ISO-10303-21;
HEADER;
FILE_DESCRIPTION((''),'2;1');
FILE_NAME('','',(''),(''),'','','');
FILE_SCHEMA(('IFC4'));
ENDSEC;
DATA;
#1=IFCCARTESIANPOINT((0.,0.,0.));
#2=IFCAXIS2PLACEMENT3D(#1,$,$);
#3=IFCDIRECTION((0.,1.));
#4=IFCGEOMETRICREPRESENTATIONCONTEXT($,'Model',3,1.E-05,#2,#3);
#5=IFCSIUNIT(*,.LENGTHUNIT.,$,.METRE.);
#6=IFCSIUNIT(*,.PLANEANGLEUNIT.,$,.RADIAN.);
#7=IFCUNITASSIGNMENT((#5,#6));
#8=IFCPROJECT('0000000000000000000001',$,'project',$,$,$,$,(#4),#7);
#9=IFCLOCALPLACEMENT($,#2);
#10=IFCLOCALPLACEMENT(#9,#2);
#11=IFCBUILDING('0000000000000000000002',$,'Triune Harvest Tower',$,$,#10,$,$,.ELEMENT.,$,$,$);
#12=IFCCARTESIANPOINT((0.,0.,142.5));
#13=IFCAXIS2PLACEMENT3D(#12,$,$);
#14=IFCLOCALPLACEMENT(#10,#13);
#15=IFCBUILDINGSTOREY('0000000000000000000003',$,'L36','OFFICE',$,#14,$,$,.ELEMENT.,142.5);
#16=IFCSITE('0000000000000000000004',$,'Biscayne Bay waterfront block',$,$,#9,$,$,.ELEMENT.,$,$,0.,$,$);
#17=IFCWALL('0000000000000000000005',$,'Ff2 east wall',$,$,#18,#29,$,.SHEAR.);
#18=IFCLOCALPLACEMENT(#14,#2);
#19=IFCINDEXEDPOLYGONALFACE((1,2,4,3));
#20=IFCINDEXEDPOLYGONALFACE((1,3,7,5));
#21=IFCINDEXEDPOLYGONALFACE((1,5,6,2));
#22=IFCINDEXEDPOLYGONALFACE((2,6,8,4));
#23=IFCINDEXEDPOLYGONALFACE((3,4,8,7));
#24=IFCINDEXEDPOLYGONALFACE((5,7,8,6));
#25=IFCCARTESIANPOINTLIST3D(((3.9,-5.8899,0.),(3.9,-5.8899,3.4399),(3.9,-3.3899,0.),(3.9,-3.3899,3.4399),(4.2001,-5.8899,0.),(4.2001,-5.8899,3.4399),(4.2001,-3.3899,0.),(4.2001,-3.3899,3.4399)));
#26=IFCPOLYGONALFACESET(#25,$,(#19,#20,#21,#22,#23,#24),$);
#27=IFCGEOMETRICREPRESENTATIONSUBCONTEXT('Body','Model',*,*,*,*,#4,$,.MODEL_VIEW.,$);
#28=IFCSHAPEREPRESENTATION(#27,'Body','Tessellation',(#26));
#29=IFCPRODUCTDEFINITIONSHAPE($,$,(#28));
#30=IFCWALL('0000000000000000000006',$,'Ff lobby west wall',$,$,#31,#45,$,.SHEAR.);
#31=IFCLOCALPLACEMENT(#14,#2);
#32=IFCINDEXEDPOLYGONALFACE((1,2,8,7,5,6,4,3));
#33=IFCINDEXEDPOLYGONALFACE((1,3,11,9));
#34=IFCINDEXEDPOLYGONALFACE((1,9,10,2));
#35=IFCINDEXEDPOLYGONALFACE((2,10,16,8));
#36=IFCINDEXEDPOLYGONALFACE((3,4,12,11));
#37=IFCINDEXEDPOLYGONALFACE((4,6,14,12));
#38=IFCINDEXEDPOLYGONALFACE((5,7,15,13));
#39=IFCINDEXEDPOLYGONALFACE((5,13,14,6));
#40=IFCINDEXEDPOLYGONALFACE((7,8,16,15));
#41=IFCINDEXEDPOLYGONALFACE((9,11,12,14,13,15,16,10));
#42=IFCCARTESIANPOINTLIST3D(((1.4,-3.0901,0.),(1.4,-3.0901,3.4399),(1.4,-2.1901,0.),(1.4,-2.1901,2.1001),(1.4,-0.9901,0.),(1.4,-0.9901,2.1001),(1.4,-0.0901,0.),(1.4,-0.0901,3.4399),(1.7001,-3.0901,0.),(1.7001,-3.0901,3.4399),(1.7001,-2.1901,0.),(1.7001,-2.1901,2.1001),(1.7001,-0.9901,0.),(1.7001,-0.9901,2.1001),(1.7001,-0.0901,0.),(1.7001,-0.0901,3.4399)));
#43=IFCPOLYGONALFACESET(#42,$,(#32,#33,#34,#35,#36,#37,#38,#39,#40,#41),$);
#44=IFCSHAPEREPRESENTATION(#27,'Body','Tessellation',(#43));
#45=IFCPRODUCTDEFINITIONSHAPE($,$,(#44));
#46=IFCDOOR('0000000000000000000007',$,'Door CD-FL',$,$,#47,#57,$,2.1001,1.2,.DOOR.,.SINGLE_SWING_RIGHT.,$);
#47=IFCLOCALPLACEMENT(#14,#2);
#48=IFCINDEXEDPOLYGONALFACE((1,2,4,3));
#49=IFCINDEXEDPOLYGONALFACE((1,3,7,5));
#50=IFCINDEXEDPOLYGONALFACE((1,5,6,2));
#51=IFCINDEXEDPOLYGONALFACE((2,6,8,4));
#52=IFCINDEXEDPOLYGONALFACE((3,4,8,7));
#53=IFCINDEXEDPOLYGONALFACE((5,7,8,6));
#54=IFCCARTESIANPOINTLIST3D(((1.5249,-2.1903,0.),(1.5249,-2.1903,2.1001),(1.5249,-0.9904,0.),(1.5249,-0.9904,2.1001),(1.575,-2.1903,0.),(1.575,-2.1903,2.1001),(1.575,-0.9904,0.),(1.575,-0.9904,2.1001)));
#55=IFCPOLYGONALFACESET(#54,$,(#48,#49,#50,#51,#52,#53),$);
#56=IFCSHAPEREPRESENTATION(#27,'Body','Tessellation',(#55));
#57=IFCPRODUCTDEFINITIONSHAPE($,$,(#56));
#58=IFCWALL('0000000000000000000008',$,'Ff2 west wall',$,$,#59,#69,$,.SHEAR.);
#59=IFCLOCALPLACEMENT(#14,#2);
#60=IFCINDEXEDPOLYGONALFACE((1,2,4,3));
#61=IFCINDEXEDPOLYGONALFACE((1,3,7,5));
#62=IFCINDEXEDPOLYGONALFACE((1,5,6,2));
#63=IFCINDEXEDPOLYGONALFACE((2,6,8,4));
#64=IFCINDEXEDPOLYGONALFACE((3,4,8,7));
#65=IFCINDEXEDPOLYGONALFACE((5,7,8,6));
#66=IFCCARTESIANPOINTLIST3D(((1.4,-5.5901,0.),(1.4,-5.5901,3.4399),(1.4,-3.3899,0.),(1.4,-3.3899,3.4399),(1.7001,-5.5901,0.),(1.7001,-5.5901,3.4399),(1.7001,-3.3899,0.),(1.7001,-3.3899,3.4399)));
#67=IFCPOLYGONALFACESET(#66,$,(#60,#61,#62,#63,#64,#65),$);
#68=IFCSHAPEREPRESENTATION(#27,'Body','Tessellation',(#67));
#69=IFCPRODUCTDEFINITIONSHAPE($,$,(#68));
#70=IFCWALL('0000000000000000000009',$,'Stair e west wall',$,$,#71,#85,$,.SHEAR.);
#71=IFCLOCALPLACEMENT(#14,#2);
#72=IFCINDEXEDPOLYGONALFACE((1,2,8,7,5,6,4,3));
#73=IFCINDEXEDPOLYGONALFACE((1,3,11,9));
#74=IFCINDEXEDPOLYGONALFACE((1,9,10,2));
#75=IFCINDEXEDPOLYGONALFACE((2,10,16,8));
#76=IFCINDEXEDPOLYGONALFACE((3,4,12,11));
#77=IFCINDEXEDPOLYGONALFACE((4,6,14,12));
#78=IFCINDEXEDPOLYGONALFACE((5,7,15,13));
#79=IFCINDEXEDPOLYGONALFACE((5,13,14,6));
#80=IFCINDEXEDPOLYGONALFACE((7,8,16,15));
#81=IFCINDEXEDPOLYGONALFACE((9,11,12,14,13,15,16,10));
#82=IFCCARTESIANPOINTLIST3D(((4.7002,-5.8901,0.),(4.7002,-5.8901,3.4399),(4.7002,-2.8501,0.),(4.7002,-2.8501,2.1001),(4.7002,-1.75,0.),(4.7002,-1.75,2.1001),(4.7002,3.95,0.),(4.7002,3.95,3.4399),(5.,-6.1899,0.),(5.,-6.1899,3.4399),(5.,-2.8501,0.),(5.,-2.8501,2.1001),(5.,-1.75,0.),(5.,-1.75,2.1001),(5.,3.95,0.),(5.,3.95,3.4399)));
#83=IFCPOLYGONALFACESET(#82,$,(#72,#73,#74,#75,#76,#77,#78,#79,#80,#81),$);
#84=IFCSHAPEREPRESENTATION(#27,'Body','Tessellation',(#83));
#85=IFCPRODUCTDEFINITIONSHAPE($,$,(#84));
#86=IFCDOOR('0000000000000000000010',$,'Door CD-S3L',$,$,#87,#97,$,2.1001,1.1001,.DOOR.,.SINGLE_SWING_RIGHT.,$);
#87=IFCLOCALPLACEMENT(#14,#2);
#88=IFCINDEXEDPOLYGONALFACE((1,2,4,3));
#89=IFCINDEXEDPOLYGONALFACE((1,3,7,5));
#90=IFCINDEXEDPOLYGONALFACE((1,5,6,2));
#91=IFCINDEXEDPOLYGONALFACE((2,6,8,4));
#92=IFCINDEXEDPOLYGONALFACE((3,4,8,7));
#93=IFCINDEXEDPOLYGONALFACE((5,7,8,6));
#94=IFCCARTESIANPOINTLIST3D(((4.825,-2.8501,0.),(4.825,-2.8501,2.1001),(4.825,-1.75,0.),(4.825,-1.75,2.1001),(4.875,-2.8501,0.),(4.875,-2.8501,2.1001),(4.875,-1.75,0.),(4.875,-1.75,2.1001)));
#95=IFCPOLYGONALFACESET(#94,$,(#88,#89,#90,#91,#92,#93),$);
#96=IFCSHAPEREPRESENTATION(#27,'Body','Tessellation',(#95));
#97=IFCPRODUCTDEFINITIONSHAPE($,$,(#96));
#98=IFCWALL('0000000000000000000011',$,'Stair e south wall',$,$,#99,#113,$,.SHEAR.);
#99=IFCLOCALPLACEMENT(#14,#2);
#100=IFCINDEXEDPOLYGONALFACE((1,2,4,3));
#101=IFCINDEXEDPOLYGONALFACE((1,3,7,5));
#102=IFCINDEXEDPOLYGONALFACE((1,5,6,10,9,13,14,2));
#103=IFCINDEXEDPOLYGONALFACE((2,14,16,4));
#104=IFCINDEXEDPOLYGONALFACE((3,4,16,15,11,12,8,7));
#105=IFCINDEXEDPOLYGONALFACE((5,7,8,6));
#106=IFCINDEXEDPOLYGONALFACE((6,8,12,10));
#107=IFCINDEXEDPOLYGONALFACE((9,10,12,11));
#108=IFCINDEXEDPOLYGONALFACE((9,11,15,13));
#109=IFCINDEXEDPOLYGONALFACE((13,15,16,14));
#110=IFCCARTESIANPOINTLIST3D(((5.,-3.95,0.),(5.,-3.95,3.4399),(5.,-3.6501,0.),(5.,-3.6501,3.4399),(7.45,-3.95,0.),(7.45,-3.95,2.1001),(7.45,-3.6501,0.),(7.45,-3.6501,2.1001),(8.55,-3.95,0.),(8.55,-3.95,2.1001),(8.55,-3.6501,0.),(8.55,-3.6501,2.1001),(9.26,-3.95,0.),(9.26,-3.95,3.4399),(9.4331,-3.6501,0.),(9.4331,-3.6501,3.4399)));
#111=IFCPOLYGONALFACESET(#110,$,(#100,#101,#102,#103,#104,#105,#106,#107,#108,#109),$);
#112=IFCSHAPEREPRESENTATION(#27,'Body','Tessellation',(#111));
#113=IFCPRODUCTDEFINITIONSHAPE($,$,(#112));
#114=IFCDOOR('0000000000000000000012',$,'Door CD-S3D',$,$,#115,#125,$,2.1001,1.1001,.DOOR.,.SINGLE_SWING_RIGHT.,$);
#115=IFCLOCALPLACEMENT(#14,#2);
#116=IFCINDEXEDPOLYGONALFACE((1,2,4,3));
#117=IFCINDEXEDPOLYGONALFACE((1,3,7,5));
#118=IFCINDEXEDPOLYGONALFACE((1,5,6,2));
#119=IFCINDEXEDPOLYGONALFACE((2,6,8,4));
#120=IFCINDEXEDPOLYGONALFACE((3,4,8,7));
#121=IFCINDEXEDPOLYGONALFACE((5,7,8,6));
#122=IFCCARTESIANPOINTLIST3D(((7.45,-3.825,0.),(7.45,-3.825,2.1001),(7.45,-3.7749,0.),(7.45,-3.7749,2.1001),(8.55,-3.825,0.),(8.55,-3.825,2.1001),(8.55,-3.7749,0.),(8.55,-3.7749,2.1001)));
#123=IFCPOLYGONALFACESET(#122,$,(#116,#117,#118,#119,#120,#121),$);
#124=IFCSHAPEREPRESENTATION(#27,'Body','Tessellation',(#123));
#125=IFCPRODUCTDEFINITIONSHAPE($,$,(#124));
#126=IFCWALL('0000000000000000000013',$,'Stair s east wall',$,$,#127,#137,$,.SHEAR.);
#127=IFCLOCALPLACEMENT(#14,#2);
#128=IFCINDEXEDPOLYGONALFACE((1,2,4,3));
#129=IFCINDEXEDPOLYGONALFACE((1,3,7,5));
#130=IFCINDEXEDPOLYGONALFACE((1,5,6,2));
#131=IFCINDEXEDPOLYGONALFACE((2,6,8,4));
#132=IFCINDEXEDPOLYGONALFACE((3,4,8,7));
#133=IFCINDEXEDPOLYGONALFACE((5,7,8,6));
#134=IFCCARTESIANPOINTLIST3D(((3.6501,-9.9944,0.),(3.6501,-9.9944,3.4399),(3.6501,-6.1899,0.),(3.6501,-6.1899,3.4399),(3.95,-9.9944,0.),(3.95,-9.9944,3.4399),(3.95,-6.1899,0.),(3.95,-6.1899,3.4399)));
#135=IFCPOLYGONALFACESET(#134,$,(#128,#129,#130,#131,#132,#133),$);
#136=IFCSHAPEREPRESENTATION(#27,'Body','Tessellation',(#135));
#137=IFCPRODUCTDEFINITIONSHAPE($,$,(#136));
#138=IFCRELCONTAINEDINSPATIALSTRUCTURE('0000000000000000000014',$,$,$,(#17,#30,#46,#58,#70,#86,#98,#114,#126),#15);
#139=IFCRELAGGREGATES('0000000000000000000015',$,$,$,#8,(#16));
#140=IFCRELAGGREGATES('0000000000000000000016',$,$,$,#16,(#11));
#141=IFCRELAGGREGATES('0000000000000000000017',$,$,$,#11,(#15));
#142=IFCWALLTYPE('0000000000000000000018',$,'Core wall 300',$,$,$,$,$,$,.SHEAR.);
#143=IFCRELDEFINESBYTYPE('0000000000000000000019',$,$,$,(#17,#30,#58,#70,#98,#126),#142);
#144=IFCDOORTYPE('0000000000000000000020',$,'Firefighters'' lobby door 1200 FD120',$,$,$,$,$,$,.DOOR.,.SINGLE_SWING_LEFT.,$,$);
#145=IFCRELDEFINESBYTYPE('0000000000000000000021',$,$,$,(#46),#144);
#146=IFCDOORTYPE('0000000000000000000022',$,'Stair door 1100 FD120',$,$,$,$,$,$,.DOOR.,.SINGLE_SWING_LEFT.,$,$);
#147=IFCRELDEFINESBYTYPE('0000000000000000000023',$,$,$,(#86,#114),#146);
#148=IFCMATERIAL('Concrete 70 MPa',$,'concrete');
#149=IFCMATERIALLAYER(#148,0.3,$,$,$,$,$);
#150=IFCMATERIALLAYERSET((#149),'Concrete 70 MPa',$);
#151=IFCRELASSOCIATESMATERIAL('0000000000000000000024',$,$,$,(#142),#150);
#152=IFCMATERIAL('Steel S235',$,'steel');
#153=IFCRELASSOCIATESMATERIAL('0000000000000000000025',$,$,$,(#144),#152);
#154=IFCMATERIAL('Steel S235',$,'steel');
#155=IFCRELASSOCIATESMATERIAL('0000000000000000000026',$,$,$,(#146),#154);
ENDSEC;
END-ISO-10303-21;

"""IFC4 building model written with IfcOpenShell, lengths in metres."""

from ifc_helpers import new_model, si_unit, direction, frame, frame_2d, origin, place, context, subcontext, project, spatial, polyline, rectangle, outline, extrude, source, transform, mapped, material, layer, layer_set, type_object, element, fill, save


model = new_model("IFC4")

# Units and contexts
model_context = context("Model", 3, precision=1e-05, world=origin(), true_north=direction((0.0, 1.0)))
body_context = subcontext(model_context, "Body", "Model", "MODEL_VIEW")
ifc_project = project(units=[si_unit("LENGTHUNIT", "METRE"), si_unit("PLANEANGLEUNIT", "RADIAN")], contexts=[model_context])

# Site, building, storey
site_placement = place(None, origin())
site = spatial("IfcSite", under=ifc_project, at=site_placement, Name="Biscayne Bay waterfront block", CompositionType="ELEMENT", RefElevation=0.0)
building_placement = place(site_placement, origin())
building = spatial("IfcBuilding", under=site, at=building_placement, Name="Triune Harvest Tower", CompositionType="ELEMENT")
storey_placement = place(building_placement, frame((0.0, 0.0, 142.5)))
storey = spatial("IfcBuildingStorey", under=building, at=storey_placement, Name="L36", Description="OFFICE", CompositionType="ELEMENT", Elevation=142.5)

# Wall
ifc_material_1 = material(Name="Concrete 70 MPa", Category="concrete")
ifc_layer_1 = layer(ifc_material_1, 0.3)
ifc_layer_set_1 = layer_set([ifc_layer_1], Name="Concrete 70 MPa")
wall_type_1 = type_object("IfcWallType", Name="Core wall 300", PredefinedType="SHEAR", material=ifc_layer_set_1)
shared_shape_1 = source(origin(), body_context, "Body", "SweptSolid", [
    extrude(rectangle(XDim=2.5, YDim=0.3, at=frame_2d((1.25, 0.0))), origin(), (0.0, 0.0, 1.0), 3.4399),
])
wall_1_placement = place(storey_placement, frame((4.05, -5.8899, 0.0), z_axis=(0.0, 0.0, 1.0), x_axis=(0.0, 1.0, 0.0)))
element("IfcWall", 1, at=wall_1_placement, inside=storey, type_object=wall_type_1, Name="Ff2 east wall", PredefinedType="SHEAR", context=body_context, shape_type="MappedRepresentation", body=[
    mapped(shared_shape_1, transform((0.0, 0.0, 0.0), scale=1.0)),
])

# Wall, opening, door
shared_shape_2 = source(origin(), body_context, "Body", "SweptSolid", [
    extrude(rectangle(XDim=3.0, YDim=0.3, at=frame_2d((1.5, 0.0))), origin(), (0.0, 0.0, 1.0), 3.4399),
])
wall_2_placement = place(storey_placement, frame((1.55, -3.0901, 0.0), z_axis=(0.0, 0.0, 1.0), x_axis=(0.0, 1.0, 0.0)))
wall_2 = element("IfcWall", 2, at=wall_2_placement, inside=storey, type_object=wall_type_1, Name="Ff lobby west wall", PredefinedType="SHEAR", context=body_context, shape_type="MappedRepresentation", body=[
    mapped(shared_shape_2, transform((0.0, 0.0, 0.0), scale=1.0)),
])
opening_1_placement = place(wall_2_placement, frame((0.8999, 0.0, 0.0)))
opening_1 = element("IfcOpeningElement", 3, at=opening_1_placement, cuts=wall_2, PredefinedType="OPENING", context=body_context, shape_type="SweptSolid", body=[
    extrude(rectangle(XDim=1.2, YDim=2.1001, at=frame_2d((0.6001, 1.05))), frame((0.0, 0.1602, 0.0), z_axis=(0.0, -1.0, 0.0), x_axis=(1.0, 0.0, 0.0)), (0.0, 0.0, 1.0), 0.3201),
])
ifc_material_2 = material(Name="Steel S235", Category="steel")
door_type_1 = type_object("IfcDoorType", Name="Firefighters' lobby door 1200 FD120", OperationType="SINGLE_SWING_LEFT", PredefinedType="DOOR", material=ifc_material_2)
door_1_placement = place(opening_1_placement, frame((1.2, 0.0, 0.0), z_axis=(0.0, 0.0, 1.0), x_axis=(-1.0, 0.0, 0.0)))
door_1 = element("IfcDoor", 4, at=door_1_placement, inside=storey, type_object=door_type_1, Name="Door CD-FL", OperationType="SINGLE_SWING_RIGHT", OverallHeight=2.1001, OverallWidth=1.2, PredefinedType="DOOR", context=body_context, shape_type="SweptSolid", body=[
    extrude(rectangle(XDim=1.2, YDim=2.1001, at=frame_2d((0.6001, 1.05))), frame((0.0, 0.0249, 0.0), z_axis=(0.0, -1.0, 0.0), x_axis=(1.0, 0.0, 0.0)), (0.0, 0.0, 1.0), 0.05),
])
fill(opening_1, door_1)

# Wall
shared_shape_3 = source(origin(), body_context, "Body", "SweptSolid", [
    extrude(rectangle(XDim=2.2002, YDim=0.3, at=frame_2d((1.1001, 0.0))), origin(), (0.0, 0.0, 1.0), 3.4399),
])
wall_3_placement = place(storey_placement, frame((1.55, -5.5901, 0.0), z_axis=(0.0, 0.0, 1.0), x_axis=(0.0, 1.0, 0.0)))
element("IfcWall", 5, at=wall_3_placement, inside=storey, type_object=wall_type_1, Name="Ff2 west wall", PredefinedType="SHEAR", context=body_context, shape_type="MappedRepresentation", body=[
    mapped(shared_shape_3, transform((0.0, 0.0, 0.0), scale=1.0)),
])

# Walls, openings, doors
shared_shape_4 = source(origin(), body_context, "Body", "SweptSolid", [
    extrude(outline(polyline([(-0.1499, -0.1499), (9.99, -0.1499), (9.99, 0.1499), (0.1499, 0.1499), (-0.1499, -0.1499)])), origin(), (0.0, 0.0, 1.0), 3.4399),
])
wall_4_placement = place(storey_placement, frame((4.8501, -6.04, 0.0), z_axis=(0.0, 0.0, 1.0), x_axis=(0.0, 1.0, 0.0)))
wall_4 = element("IfcWall", 6, at=wall_4_placement, inside=storey, type_object=wall_type_1, Name="Stair e west wall", PredefinedType="SHEAR", context=body_context, shape_type="MappedRepresentation", body=[
    mapped(shared_shape_4, transform((0.0, 0.0, 0.0), scale=1.0)),
])
opening_2_placement = place(wall_4_placement, frame((3.1899, 0.0, 0.0)))
opening_2 = element("IfcOpeningElement", 7, at=opening_2_placement, cuts=wall_4, PredefinedType="OPENING", context=body_context, shape_type="SweptSolid", body=[
    extrude(rectangle(XDim=1.1001, YDim=2.1001, at=frame_2d((0.55, 1.05))), frame((0.0, 0.1602, 0.0), z_axis=(0.0, -1.0, 0.0), x_axis=(1.0, 0.0, 0.0)), (0.0, 0.0, 1.0), 0.3201),
])
ifc_material_3 = material(Name="Steel S235", Category="steel")
door_type_2 = type_object("IfcDoorType", Name="Stair door 1100 FD120", OperationType="SINGLE_SWING_LEFT", PredefinedType="DOOR", material=ifc_material_3)
door_2_placement = place(opening_2_placement, frame((1.1001, 0.0, 0.0), z_axis=(0.0, 0.0, 1.0), x_axis=(-1.0, 0.0, 0.0)))
door_2 = element("IfcDoor", 8, at=door_2_placement, inside=storey, type_object=door_type_2, Name="Door CD-S3L", OperationType="SINGLE_SWING_RIGHT", OverallHeight=2.1001, OverallWidth=1.1001, PredefinedType="DOOR", context=body_context, shape_type="SweptSolid", body=[
    extrude(rectangle(XDim=1.1001, YDim=2.1001, at=frame_2d((0.55, 1.05))), frame((0.0, 0.0249, 0.0), z_axis=(0.0, -1.0, 0.0), x_axis=(1.0, 0.0, 0.0)), (0.0, 0.0, 1.0), 0.05),
])
fill(opening_2, door_2)
shared_shape_5 = source(origin(), body_context, "Body", "SweptSolid", [
    extrude(outline(polyline([(0.0, -0.1499), (0.0, 0.1499), (4.4331, 0.1499), (4.26, -0.1499), (0.0, -0.1499)])), origin(), (0.0, 0.0, 1.0), 3.4399),
])
wall_5_placement = place(storey_placement, frame((5.0, -3.8, 0.0), z_axis=(0.0, 0.0, 1.0), x_axis=(1.0, 0.0, 0.0)))
wall_5 = element("IfcWall", 9, at=wall_5_placement, inside=storey, type_object=wall_type_1, Name="Stair e south wall", PredefinedType="SHEAR", context=body_context, shape_type="MappedRepresentation", body=[
    mapped(shared_shape_5, transform((0.0, 0.0, 0.0), scale=1.0)),
])
opening_3_placement = place(wall_5_placement, frame((2.45, 0.0, 0.0)))
opening_3 = element("IfcOpeningElement", 10, at=opening_3_placement, cuts=wall_5, PredefinedType="OPENING", context=body_context, shape_type="SweptSolid", body=[
    extrude(rectangle(XDim=1.1001, YDim=2.1001, at=frame_2d((0.55, 1.05))), frame((0.0, 0.1602, 0.0), z_axis=(0.0, -1.0, 0.0), x_axis=(1.0, 0.0, 0.0)), (0.0, 0.0, 1.0), 0.3201),
])
door_3_placement = place(opening_3_placement, frame((1.1001, 0.0, 0.0), z_axis=(0.0, 0.0, 1.0), x_axis=(-1.0, 0.0, 0.0)))
door_3 = element("IfcDoor", 11, at=door_3_placement, inside=storey, type_object=door_type_2, Name="Door CD-S3D", OperationType="SINGLE_SWING_RIGHT", OverallHeight=2.1001, OverallWidth=1.1001, PredefinedType="DOOR", context=body_context, shape_type="SweptSolid", body=[
    extrude(rectangle(XDim=1.1001, YDim=2.1001, at=frame_2d((0.55, 1.05))), frame((0.0, 0.0249, 0.0), z_axis=(0.0, -1.0, 0.0), x_axis=(1.0, 0.0, 0.0)), (0.0, 0.0, 1.0), 0.05),
])
fill(opening_3, door_3)

# Wall
shared_shape_6 = source(origin(), body_context, "Body", "SweptSolid", [
    extrude(outline(polyline([(3.8, -0.1499), (-0.0044, -0.1499), (-0.0044, 0.1499), (3.8, 0.1499), (3.8, -0.1499)])), origin(), (0.0, 0.0, 1.0), 3.4399),
])
wall_6_placement = place(storey_placement, frame((3.8, -9.99, 0.0), z_axis=(0.0, 0.0, 1.0), x_axis=(0.0, 1.0, 0.0)))
element("IfcWall", 12, at=wall_6_placement, inside=storey, type_object=wall_type_1, Name="Stair s east wall", PredefinedType="SHEAR", context=body_context, shape_type="MappedRepresentation", body=[
    mapped(shared_shape_6, transform((0.0, 0.0, 0.0), scale=1.0)),
])

save(model, "model.ifc")
